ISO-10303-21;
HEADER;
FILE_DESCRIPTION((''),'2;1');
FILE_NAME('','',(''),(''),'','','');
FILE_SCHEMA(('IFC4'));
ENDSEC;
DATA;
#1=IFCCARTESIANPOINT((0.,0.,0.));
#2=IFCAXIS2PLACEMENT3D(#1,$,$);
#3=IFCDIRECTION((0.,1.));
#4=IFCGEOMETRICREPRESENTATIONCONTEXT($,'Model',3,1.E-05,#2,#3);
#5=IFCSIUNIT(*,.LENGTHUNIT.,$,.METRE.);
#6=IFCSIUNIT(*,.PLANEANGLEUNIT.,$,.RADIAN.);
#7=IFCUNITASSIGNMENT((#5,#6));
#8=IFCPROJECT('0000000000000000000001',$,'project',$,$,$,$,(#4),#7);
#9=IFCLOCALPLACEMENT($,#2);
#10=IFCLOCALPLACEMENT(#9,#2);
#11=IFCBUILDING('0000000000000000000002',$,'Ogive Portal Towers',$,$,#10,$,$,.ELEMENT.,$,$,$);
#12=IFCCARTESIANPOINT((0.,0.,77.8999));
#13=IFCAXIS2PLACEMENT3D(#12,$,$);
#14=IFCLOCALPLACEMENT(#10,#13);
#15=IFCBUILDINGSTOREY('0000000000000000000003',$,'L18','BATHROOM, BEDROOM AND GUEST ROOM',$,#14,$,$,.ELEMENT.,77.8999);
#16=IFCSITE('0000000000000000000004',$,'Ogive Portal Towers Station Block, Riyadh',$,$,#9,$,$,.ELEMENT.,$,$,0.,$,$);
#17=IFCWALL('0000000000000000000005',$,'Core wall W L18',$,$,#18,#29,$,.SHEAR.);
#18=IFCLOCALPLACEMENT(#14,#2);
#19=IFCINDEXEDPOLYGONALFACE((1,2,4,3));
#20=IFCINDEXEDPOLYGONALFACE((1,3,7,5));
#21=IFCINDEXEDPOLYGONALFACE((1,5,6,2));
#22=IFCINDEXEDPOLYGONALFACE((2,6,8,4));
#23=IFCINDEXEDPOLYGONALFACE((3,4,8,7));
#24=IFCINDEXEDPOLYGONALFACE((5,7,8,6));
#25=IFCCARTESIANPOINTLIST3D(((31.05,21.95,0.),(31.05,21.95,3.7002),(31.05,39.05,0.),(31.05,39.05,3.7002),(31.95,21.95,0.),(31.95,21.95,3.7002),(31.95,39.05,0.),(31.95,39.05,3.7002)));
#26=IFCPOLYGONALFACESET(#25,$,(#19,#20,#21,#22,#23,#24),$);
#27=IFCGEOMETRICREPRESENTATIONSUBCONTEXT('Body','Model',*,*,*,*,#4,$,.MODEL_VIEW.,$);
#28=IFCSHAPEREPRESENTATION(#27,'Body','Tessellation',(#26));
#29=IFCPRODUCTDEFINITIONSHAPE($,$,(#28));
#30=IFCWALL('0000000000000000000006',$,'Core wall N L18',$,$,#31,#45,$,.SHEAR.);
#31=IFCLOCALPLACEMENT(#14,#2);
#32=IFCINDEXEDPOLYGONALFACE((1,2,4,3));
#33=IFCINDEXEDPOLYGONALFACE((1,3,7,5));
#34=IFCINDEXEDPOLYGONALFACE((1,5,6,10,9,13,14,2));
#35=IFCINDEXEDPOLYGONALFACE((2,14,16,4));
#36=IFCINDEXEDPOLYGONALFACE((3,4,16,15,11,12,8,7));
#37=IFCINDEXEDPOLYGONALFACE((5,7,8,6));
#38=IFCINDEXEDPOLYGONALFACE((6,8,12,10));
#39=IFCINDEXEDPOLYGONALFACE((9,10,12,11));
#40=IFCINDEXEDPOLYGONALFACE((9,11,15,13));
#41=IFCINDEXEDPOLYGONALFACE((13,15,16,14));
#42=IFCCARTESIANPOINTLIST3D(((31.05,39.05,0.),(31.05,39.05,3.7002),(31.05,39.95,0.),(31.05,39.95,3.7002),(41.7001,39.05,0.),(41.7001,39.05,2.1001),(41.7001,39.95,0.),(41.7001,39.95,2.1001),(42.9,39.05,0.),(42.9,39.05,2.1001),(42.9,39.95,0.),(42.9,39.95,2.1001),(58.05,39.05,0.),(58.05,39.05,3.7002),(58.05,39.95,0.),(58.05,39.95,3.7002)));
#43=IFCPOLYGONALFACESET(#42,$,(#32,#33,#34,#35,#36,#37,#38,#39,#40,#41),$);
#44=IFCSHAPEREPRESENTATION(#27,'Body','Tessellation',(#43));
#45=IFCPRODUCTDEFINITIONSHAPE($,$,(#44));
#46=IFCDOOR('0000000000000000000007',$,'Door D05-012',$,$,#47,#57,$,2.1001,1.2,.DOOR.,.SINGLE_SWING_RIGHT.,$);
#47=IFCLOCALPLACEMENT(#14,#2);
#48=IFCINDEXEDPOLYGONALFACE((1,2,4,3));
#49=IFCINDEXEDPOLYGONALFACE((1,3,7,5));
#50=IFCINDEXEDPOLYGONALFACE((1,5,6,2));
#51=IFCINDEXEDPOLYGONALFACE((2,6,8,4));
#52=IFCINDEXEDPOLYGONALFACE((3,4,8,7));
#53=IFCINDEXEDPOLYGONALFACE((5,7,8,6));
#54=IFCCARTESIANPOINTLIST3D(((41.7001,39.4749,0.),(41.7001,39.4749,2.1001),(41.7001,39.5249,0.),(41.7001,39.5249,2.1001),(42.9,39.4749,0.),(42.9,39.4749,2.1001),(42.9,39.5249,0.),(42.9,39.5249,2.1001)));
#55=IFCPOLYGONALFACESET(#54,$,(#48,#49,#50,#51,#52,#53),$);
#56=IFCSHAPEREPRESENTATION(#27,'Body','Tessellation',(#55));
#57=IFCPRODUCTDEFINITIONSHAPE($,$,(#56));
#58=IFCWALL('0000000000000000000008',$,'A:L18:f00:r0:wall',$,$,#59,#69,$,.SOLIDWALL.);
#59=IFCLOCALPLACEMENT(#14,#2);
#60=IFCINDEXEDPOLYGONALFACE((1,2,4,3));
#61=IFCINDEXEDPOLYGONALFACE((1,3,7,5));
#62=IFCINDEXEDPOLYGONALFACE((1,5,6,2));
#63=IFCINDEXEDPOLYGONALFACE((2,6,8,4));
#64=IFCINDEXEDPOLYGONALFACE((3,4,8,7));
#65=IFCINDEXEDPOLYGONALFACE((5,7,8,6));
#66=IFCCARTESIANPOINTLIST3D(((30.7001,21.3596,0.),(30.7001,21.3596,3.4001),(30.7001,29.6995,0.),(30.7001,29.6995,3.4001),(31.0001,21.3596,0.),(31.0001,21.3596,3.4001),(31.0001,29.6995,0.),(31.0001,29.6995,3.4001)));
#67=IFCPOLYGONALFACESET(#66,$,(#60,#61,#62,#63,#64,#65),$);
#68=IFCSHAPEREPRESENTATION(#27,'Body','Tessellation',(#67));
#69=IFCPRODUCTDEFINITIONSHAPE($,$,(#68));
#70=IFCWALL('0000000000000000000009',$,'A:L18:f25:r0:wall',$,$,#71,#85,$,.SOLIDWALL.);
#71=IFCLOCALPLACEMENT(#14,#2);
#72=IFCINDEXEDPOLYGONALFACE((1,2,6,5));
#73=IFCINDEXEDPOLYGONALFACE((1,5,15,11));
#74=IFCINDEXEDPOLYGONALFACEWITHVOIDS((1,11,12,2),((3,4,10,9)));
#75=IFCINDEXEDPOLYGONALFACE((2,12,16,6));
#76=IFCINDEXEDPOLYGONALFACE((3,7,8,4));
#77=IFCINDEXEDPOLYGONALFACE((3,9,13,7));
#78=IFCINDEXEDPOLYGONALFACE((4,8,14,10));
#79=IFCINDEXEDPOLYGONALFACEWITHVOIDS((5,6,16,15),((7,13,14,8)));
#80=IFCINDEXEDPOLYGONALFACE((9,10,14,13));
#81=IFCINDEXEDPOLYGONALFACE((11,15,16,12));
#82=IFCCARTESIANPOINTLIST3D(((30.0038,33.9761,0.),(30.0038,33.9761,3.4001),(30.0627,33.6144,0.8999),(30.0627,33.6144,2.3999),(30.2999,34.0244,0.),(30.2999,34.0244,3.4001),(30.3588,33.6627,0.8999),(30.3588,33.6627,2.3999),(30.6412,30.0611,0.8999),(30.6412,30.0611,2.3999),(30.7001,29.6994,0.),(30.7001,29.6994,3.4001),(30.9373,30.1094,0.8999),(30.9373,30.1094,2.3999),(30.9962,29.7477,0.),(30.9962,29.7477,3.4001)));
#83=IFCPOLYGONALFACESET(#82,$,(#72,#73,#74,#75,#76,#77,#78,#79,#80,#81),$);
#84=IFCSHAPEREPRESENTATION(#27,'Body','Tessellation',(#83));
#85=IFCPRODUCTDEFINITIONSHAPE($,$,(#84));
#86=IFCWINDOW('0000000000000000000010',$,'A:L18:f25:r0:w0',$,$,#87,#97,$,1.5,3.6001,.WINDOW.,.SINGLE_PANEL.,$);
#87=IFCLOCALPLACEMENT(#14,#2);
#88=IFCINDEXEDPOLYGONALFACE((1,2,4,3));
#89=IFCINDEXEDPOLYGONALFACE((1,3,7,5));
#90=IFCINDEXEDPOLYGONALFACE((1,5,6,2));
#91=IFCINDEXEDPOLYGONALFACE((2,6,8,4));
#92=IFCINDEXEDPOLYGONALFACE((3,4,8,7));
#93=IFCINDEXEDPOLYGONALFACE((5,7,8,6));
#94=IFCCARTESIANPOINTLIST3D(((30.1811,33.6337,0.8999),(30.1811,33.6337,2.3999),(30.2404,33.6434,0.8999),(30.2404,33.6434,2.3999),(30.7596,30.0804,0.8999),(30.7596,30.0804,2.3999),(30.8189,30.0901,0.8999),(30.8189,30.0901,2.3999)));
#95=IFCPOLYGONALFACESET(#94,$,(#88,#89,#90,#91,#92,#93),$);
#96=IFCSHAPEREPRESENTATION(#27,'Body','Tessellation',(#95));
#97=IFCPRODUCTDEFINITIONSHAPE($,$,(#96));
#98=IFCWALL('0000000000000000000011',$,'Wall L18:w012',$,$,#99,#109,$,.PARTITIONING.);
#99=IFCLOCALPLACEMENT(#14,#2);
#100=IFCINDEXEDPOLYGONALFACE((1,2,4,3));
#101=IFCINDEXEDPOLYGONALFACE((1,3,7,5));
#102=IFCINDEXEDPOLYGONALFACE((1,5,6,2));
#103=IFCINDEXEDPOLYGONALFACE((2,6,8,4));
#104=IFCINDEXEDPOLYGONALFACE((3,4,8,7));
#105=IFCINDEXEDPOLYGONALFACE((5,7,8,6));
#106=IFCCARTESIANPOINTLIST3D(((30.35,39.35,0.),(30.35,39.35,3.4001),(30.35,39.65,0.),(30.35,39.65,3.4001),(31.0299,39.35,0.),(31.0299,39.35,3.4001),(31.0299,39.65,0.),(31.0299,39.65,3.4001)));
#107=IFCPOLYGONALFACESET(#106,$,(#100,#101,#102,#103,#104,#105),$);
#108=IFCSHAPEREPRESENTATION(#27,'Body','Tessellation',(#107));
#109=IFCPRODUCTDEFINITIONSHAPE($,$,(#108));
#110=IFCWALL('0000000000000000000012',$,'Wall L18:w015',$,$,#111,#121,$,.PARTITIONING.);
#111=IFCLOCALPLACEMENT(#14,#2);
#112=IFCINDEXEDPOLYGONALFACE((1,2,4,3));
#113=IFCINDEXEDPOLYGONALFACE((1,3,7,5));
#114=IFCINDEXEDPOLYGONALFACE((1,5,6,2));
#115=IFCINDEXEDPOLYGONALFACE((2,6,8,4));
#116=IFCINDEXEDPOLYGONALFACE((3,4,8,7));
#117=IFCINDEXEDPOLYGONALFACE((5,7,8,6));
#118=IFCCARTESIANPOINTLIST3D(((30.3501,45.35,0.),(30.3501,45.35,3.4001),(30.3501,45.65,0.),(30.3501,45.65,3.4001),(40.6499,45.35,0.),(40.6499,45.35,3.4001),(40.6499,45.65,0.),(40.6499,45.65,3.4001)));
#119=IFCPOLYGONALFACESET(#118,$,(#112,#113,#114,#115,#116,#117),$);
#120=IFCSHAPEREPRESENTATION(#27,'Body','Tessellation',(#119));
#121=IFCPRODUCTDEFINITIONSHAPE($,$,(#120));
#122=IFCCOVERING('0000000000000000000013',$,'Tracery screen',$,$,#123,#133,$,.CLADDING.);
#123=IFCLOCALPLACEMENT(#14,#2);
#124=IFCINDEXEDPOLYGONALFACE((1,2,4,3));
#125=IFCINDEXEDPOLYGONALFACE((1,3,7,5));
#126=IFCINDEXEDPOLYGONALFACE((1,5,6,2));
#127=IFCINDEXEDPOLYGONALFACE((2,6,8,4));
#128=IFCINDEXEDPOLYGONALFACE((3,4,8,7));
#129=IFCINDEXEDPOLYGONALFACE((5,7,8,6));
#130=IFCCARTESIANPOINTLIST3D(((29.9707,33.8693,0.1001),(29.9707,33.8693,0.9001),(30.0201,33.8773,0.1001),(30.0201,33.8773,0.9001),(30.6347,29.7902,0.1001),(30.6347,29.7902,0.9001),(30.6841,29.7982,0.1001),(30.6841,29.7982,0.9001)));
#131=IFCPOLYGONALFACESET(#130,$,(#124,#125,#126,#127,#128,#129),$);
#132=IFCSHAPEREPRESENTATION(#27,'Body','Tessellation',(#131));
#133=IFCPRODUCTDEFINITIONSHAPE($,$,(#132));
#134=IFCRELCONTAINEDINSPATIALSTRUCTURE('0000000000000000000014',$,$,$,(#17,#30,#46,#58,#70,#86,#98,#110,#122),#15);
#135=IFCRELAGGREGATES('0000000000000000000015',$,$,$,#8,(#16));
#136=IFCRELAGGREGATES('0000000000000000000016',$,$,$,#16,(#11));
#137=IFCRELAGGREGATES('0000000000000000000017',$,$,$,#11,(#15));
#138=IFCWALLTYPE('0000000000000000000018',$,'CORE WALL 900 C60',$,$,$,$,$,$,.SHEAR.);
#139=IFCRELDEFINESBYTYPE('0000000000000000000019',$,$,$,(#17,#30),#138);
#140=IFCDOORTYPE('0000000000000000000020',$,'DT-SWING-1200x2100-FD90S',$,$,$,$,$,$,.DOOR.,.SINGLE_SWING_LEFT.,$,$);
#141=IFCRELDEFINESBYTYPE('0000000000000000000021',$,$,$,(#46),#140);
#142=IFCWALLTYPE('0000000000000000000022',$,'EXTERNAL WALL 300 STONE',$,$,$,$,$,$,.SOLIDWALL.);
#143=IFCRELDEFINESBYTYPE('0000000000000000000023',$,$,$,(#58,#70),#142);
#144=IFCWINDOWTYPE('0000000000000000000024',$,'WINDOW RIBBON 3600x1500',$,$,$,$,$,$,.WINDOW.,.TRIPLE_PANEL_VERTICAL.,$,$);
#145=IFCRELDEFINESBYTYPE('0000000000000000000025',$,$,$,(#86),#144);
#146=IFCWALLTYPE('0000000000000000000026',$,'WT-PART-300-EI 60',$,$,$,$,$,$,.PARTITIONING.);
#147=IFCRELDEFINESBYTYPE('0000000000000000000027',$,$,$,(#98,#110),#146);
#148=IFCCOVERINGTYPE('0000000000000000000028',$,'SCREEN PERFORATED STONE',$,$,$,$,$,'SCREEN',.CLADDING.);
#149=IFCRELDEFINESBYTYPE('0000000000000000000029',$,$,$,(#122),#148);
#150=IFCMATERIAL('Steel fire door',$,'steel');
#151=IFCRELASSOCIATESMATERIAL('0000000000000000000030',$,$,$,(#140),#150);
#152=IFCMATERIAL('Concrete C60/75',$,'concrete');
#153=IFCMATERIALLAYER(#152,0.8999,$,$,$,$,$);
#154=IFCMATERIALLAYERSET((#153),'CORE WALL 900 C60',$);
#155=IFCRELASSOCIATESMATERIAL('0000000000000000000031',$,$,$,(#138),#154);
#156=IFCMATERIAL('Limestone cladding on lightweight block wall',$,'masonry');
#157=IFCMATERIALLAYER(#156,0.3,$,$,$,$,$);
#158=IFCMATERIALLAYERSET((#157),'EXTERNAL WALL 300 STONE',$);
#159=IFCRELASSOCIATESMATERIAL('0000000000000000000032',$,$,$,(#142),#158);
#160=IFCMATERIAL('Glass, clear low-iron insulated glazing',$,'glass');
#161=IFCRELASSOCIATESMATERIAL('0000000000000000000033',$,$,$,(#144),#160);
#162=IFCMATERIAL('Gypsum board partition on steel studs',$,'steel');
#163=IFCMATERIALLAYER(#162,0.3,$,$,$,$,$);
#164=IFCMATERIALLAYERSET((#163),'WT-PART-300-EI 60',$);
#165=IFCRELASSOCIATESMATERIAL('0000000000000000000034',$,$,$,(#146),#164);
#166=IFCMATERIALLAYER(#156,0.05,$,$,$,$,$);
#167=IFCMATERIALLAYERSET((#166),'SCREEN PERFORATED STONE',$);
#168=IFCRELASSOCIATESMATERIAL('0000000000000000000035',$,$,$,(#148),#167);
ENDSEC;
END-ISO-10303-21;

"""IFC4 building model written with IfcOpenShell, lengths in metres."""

from ifc_helpers import new_model, si_unit, direction, frame, frame_2d, origin, origin_2d, place, context, subcontext, project, spatial, rectangle, extrude, material, layer, layer_set, type_object, element, fill, save


model = new_model("IFC4")

# Units and contexts
model_context = context("Model", 3, precision=1e-05, world=origin(), true_north=direction((0.0, 1.0)))
body_context = subcontext(model_context, "Body", "Model", "MODEL_VIEW")
ifc_project = project(units=[si_unit("LENGTHUNIT", "METRE"), si_unit("PLANEANGLEUNIT", "RADIAN")], contexts=[model_context])

# Site, building, storey
site_placement = place(None, origin())
site = spatial("IfcSite", under=ifc_project, at=site_placement, Name="Ogive Portal Towers Station Block, Riyadh", CompositionType="ELEMENT", RefElevation=0.0)
building_placement = place(site_placement, origin())
building = spatial("IfcBuilding", under=site, at=building_placement, Name="Ogive Portal Towers", CompositionType="ELEMENT")
storey_placement = place(building_placement, frame((0.0, 0.0, 77.8999)))
storey = spatial("IfcBuildingStorey", under=building, at=storey_placement, Name="L18", Description="BATHROOM, BEDROOM AND GUEST ROOM", CompositionType="ELEMENT", Elevation=77.8999)

# Shared definitions
ifc_material_1 = material(Name="Concrete C60/75", Category="concrete")
ifc_material_2 = material(Name="Steel fire door", Category="steel")
door_type_1 = type_object("IfcDoorType", Name="DT-SWING-1200x2100-FD90S", OperationType="SINGLE_SWING_LEFT", PredefinedType="DOOR", material=ifc_material_2)

# Wall
ifc_layer_1 = layer(ifc_material_1, 0.8999)
ifc_layer_set_1 = layer_set([ifc_layer_1], Name="CORE WALL 900 C60")
wall_type_1 = type_object("IfcWallType", Name="CORE WALL 900 C60", PredefinedType="SHEAR", material=ifc_layer_set_1)
wall_1_placement = place(storey_placement, frame((31.5, 21.95, 0.0), z_axis=(0.0, 0.0, 1.0), x_axis=(0.0, 1.0, 0.0)))
element("IfcWall", 1, at=wall_1_placement, inside=storey, type_object=wall_type_1, Name="Core wall W L18", PredefinedType="SHEAR", context=body_context, shape_type="SweptSolid", body=[
    extrude(rectangle(XDim=17.1001, YDim=0.8999, at=frame_2d((8.55, 0.0))), origin(), (0.0, 0.0, 1.0), 3.7002),
])

# Wall, opening, door
wall_2_placement = place(storey_placement, frame((31.05, 39.5, 0.0), z_axis=(0.0, 0.0, 1.0), x_axis=(1.0, 0.0, 0.0)))
wall_2 = element("IfcWall", 2, at=wall_2_placement, inside=storey, type_object=wall_type_1, Name="Core wall N L18", PredefinedType="SHEAR", context=body_context, shape_type="SweptSolid", body=[
    extrude(rectangle(XDim=27.0, YDim=0.8999, at=frame_2d((13.5, 0.0))), origin(), (0.0, 0.0, 1.0), 3.7002),
])
opening_1_placement = place(wall_2_placement, frame((10.6499, 0.0, 0.0)))
opening_1 = element("IfcOpeningElement", 3, at=opening_1_placement, cuts=wall_2, PredefinedType="OPENING", context=body_context, shape_type="SweptSolid", body=[
    extrude(rectangle(XDim=1.2, YDim=2.1001, at=frame_2d((0.6001, 1.05))), frame((0.0, 0.46, 0.0), z_axis=(0.0, -1.0, 0.0), x_axis=(1.0, 0.0, 0.0)), (0.0, 0.0, 1.0), 0.9199),
])
door_1_placement = place(opening_1_placement, origin())
door_1 = element("IfcDoor", 4, at=door_1_placement, inside=storey, type_object=door_type_1, Name="Door D05-012", OperationType="SINGLE_SWING_RIGHT", OverallHeight=2.1001, OverallWidth=1.2, PredefinedType="DOOR", context=body_context, shape_type="SweptSolid", body=[
    extrude(rectangle(XDim=1.2, YDim=2.1001, at=frame_2d((0.6001, 1.05))), frame((0.0, 0.0249, 0.0), z_axis=(0.0, -1.0, 0.0), x_axis=(1.0, 0.0, 0.0)), (0.0, 0.0, 1.0), 0.05),
])
fill(opening_1, door_1)

# Wall
ifc_material_3 = material(Name="Limestone cladding on lightweight block wall", Category="masonry")
ifc_layer_2 = layer(ifc_material_3, 0.3)
ifc_layer_set_2 = layer_set([ifc_layer_2], Name="EXTERNAL WALL 300 STONE")
wall_type_2 = type_object("IfcWallType", Name="EXTERNAL WALL 300 STONE", PredefinedType="SOLIDWALL", material=ifc_layer_set_2)
wall_3_placement = place(storey_placement, frame((30.8501, 29.6995, 0.0), z_axis=(0.0, 0.0, 1.0), x_axis=(0.0, -1.0, 0.0)))
element("IfcWall", 5, at=wall_3_placement, inside=storey, type_object=wall_type_2, Name="A:L18:f00:r0:wall", PredefinedType="SOLIDWALL", context=body_context, shape_type="SweptSolid", body=[
    extrude(rectangle(XDim=8.3398, YDim=0.3, at=frame_2d((4.1699, 0.0))), origin(), (0.0, 0.0, 1.0), 3.4001),
])

# Wall, opening, window
wall_4_placement = place(storey_placement, frame((30.1519, 34.0002, 0.0), z_axis=(0.0, 0.0, 1.0), x_axis=(0.160697, -0.987004, 0.0)))
wall_4 = element("IfcWall", 6, at=wall_4_placement, inside=storey, type_object=wall_type_2, Name="A:L18:f25:r0:wall", PredefinedType="SOLIDWALL", context=body_context, shape_type="SweptSolid", body=[
    extrude(rectangle(XDim=4.333, YDim=0.3, at=frame_2d((2.1665, 0.0))), origin(), (0.0, 0.0, 1.0), 3.4001),
])
opening_2_placement = place(wall_4_placement, frame((0.3665, 0.0, 0.8999)))
opening_2 = element("IfcOpeningElement", 7, at=opening_2_placement, cuts=wall_4, PredefinedType="OPENING", context=body_context, shape_type="SweptSolid", body=[
    extrude(rectangle(XDim=3.6001, YDim=1.5, at=frame_2d((1.8, 0.75))), frame((0.0, 0.1602, 0.0), z_axis=(0.0, -1.0, 0.0), x_axis=(1.0, 0.0, 0.0)), (0.0, 0.0, 1.0), 0.3201),
])
ifc_material_4 = material(Name="Glass, clear low-iron insulated glazing", Category="glass")
window_type = type_object("IfcWindowType", Name="WINDOW RIBBON 3600x1500", PartitioningType="TRIPLE_PANEL_VERTICAL", PredefinedType="WINDOW", material=ifc_material_4)
window_placement = place(opening_2_placement, origin())
window = element("IfcWindow", 8, at=window_placement, inside=storey, type_object=window_type, Name="A:L18:f25:r0:w0", OverallHeight=1.5, OverallWidth=3.6001, PartitioningType="SINGLE_PANEL", PredefinedType="WINDOW", context=body_context, shape_type="SweptSolid", body=[
    extrude(rectangle(XDim=3.6001, YDim=1.5, at=frame_2d((1.8, 0.75))), frame((0.0, 0.03, 0.0), z_axis=(0.0, -1.0, 0.0), x_axis=(1.0, 0.0, 0.0)), (0.0, 0.0, 1.0), 0.0601),
])
fill(opening_2, window)

# Walls
ifc_material_5 = material(Name="Gypsum board partition on steel studs", Category="steel")
ifc_layer_3 = layer(ifc_material_5, 0.3)
ifc_layer_set_3 = layer_set([ifc_layer_3], Name="WT-PART-300-EI 60")
wall_type_3 = type_object("IfcWallType", Name="WT-PART-300-EI 60", PredefinedType="PARTITIONING", material=ifc_layer_set_3)
wall_5_placement = place(storey_placement, frame((30.3501, 39.5, 0.0), z_axis=(0.0, 0.0, 1.0), x_axis=(1.0, 0.0, 0.0)))
element("IfcWall", 9, at=wall_5_placement, inside=storey, type_object=wall_type_3, Name="Wall L18:w012", PredefinedType="PARTITIONING", context=body_context, shape_type="SweptSolid", body=[
    extrude(rectangle(XDim=0.6799, YDim=0.3, at=frame_2d((0.3398, 0.0))), origin(), (0.0, 0.0, 1.0), 3.4001),
])
wall_6_placement = place(storey_placement, frame((30.3501, 45.5, 0.0), z_axis=(0.0, 0.0, 1.0), x_axis=(1.0, 0.0, 0.0)))
element("IfcWall", 10, at=wall_6_placement, inside=storey, type_object=wall_type_3, Name="Wall L18:w015", PredefinedType="PARTITIONING", context=body_context, shape_type="SweptSolid", body=[
    extrude(rectangle(XDim=10.2998, YDim=0.3, at=frame_2d((5.1499, 0.0))), origin(), (0.0, 0.0, 1.0), 3.4001),
])

# Covering
ifc_layer_4 = layer(ifc_material_3, 0.05)
ifc_layer_set_4 = layer_set([ifc_layer_4], Name="SCREEN PERFORATED STONE")
covering_type = type_object("IfcCoveringType", Name="SCREEN PERFORATED STONE", ElementType="SCREEN", PredefinedType="CLADDING", material=ifc_layer_set_4)
covering_placement = place(storey_placement, frame((30.3274, 31.8337, 0.1001), z_axis=(0.0, 0.0, 1.0), x_axis=(0.160655, -0.987011, 0.0)))
element("IfcCovering", 11, at=covering_placement, inside=storey, type_object=covering_type, Name="Tracery screen", PredefinedType="CLADDING", context=body_context, shape_type="SweptSolid", body=[
    extrude(rectangle(XDim=4.1328, YDim=0.05, at=origin_2d()), origin(), (0.0, 0.0, 1.0), 0.8),
])

save(model, "model.ifc")
